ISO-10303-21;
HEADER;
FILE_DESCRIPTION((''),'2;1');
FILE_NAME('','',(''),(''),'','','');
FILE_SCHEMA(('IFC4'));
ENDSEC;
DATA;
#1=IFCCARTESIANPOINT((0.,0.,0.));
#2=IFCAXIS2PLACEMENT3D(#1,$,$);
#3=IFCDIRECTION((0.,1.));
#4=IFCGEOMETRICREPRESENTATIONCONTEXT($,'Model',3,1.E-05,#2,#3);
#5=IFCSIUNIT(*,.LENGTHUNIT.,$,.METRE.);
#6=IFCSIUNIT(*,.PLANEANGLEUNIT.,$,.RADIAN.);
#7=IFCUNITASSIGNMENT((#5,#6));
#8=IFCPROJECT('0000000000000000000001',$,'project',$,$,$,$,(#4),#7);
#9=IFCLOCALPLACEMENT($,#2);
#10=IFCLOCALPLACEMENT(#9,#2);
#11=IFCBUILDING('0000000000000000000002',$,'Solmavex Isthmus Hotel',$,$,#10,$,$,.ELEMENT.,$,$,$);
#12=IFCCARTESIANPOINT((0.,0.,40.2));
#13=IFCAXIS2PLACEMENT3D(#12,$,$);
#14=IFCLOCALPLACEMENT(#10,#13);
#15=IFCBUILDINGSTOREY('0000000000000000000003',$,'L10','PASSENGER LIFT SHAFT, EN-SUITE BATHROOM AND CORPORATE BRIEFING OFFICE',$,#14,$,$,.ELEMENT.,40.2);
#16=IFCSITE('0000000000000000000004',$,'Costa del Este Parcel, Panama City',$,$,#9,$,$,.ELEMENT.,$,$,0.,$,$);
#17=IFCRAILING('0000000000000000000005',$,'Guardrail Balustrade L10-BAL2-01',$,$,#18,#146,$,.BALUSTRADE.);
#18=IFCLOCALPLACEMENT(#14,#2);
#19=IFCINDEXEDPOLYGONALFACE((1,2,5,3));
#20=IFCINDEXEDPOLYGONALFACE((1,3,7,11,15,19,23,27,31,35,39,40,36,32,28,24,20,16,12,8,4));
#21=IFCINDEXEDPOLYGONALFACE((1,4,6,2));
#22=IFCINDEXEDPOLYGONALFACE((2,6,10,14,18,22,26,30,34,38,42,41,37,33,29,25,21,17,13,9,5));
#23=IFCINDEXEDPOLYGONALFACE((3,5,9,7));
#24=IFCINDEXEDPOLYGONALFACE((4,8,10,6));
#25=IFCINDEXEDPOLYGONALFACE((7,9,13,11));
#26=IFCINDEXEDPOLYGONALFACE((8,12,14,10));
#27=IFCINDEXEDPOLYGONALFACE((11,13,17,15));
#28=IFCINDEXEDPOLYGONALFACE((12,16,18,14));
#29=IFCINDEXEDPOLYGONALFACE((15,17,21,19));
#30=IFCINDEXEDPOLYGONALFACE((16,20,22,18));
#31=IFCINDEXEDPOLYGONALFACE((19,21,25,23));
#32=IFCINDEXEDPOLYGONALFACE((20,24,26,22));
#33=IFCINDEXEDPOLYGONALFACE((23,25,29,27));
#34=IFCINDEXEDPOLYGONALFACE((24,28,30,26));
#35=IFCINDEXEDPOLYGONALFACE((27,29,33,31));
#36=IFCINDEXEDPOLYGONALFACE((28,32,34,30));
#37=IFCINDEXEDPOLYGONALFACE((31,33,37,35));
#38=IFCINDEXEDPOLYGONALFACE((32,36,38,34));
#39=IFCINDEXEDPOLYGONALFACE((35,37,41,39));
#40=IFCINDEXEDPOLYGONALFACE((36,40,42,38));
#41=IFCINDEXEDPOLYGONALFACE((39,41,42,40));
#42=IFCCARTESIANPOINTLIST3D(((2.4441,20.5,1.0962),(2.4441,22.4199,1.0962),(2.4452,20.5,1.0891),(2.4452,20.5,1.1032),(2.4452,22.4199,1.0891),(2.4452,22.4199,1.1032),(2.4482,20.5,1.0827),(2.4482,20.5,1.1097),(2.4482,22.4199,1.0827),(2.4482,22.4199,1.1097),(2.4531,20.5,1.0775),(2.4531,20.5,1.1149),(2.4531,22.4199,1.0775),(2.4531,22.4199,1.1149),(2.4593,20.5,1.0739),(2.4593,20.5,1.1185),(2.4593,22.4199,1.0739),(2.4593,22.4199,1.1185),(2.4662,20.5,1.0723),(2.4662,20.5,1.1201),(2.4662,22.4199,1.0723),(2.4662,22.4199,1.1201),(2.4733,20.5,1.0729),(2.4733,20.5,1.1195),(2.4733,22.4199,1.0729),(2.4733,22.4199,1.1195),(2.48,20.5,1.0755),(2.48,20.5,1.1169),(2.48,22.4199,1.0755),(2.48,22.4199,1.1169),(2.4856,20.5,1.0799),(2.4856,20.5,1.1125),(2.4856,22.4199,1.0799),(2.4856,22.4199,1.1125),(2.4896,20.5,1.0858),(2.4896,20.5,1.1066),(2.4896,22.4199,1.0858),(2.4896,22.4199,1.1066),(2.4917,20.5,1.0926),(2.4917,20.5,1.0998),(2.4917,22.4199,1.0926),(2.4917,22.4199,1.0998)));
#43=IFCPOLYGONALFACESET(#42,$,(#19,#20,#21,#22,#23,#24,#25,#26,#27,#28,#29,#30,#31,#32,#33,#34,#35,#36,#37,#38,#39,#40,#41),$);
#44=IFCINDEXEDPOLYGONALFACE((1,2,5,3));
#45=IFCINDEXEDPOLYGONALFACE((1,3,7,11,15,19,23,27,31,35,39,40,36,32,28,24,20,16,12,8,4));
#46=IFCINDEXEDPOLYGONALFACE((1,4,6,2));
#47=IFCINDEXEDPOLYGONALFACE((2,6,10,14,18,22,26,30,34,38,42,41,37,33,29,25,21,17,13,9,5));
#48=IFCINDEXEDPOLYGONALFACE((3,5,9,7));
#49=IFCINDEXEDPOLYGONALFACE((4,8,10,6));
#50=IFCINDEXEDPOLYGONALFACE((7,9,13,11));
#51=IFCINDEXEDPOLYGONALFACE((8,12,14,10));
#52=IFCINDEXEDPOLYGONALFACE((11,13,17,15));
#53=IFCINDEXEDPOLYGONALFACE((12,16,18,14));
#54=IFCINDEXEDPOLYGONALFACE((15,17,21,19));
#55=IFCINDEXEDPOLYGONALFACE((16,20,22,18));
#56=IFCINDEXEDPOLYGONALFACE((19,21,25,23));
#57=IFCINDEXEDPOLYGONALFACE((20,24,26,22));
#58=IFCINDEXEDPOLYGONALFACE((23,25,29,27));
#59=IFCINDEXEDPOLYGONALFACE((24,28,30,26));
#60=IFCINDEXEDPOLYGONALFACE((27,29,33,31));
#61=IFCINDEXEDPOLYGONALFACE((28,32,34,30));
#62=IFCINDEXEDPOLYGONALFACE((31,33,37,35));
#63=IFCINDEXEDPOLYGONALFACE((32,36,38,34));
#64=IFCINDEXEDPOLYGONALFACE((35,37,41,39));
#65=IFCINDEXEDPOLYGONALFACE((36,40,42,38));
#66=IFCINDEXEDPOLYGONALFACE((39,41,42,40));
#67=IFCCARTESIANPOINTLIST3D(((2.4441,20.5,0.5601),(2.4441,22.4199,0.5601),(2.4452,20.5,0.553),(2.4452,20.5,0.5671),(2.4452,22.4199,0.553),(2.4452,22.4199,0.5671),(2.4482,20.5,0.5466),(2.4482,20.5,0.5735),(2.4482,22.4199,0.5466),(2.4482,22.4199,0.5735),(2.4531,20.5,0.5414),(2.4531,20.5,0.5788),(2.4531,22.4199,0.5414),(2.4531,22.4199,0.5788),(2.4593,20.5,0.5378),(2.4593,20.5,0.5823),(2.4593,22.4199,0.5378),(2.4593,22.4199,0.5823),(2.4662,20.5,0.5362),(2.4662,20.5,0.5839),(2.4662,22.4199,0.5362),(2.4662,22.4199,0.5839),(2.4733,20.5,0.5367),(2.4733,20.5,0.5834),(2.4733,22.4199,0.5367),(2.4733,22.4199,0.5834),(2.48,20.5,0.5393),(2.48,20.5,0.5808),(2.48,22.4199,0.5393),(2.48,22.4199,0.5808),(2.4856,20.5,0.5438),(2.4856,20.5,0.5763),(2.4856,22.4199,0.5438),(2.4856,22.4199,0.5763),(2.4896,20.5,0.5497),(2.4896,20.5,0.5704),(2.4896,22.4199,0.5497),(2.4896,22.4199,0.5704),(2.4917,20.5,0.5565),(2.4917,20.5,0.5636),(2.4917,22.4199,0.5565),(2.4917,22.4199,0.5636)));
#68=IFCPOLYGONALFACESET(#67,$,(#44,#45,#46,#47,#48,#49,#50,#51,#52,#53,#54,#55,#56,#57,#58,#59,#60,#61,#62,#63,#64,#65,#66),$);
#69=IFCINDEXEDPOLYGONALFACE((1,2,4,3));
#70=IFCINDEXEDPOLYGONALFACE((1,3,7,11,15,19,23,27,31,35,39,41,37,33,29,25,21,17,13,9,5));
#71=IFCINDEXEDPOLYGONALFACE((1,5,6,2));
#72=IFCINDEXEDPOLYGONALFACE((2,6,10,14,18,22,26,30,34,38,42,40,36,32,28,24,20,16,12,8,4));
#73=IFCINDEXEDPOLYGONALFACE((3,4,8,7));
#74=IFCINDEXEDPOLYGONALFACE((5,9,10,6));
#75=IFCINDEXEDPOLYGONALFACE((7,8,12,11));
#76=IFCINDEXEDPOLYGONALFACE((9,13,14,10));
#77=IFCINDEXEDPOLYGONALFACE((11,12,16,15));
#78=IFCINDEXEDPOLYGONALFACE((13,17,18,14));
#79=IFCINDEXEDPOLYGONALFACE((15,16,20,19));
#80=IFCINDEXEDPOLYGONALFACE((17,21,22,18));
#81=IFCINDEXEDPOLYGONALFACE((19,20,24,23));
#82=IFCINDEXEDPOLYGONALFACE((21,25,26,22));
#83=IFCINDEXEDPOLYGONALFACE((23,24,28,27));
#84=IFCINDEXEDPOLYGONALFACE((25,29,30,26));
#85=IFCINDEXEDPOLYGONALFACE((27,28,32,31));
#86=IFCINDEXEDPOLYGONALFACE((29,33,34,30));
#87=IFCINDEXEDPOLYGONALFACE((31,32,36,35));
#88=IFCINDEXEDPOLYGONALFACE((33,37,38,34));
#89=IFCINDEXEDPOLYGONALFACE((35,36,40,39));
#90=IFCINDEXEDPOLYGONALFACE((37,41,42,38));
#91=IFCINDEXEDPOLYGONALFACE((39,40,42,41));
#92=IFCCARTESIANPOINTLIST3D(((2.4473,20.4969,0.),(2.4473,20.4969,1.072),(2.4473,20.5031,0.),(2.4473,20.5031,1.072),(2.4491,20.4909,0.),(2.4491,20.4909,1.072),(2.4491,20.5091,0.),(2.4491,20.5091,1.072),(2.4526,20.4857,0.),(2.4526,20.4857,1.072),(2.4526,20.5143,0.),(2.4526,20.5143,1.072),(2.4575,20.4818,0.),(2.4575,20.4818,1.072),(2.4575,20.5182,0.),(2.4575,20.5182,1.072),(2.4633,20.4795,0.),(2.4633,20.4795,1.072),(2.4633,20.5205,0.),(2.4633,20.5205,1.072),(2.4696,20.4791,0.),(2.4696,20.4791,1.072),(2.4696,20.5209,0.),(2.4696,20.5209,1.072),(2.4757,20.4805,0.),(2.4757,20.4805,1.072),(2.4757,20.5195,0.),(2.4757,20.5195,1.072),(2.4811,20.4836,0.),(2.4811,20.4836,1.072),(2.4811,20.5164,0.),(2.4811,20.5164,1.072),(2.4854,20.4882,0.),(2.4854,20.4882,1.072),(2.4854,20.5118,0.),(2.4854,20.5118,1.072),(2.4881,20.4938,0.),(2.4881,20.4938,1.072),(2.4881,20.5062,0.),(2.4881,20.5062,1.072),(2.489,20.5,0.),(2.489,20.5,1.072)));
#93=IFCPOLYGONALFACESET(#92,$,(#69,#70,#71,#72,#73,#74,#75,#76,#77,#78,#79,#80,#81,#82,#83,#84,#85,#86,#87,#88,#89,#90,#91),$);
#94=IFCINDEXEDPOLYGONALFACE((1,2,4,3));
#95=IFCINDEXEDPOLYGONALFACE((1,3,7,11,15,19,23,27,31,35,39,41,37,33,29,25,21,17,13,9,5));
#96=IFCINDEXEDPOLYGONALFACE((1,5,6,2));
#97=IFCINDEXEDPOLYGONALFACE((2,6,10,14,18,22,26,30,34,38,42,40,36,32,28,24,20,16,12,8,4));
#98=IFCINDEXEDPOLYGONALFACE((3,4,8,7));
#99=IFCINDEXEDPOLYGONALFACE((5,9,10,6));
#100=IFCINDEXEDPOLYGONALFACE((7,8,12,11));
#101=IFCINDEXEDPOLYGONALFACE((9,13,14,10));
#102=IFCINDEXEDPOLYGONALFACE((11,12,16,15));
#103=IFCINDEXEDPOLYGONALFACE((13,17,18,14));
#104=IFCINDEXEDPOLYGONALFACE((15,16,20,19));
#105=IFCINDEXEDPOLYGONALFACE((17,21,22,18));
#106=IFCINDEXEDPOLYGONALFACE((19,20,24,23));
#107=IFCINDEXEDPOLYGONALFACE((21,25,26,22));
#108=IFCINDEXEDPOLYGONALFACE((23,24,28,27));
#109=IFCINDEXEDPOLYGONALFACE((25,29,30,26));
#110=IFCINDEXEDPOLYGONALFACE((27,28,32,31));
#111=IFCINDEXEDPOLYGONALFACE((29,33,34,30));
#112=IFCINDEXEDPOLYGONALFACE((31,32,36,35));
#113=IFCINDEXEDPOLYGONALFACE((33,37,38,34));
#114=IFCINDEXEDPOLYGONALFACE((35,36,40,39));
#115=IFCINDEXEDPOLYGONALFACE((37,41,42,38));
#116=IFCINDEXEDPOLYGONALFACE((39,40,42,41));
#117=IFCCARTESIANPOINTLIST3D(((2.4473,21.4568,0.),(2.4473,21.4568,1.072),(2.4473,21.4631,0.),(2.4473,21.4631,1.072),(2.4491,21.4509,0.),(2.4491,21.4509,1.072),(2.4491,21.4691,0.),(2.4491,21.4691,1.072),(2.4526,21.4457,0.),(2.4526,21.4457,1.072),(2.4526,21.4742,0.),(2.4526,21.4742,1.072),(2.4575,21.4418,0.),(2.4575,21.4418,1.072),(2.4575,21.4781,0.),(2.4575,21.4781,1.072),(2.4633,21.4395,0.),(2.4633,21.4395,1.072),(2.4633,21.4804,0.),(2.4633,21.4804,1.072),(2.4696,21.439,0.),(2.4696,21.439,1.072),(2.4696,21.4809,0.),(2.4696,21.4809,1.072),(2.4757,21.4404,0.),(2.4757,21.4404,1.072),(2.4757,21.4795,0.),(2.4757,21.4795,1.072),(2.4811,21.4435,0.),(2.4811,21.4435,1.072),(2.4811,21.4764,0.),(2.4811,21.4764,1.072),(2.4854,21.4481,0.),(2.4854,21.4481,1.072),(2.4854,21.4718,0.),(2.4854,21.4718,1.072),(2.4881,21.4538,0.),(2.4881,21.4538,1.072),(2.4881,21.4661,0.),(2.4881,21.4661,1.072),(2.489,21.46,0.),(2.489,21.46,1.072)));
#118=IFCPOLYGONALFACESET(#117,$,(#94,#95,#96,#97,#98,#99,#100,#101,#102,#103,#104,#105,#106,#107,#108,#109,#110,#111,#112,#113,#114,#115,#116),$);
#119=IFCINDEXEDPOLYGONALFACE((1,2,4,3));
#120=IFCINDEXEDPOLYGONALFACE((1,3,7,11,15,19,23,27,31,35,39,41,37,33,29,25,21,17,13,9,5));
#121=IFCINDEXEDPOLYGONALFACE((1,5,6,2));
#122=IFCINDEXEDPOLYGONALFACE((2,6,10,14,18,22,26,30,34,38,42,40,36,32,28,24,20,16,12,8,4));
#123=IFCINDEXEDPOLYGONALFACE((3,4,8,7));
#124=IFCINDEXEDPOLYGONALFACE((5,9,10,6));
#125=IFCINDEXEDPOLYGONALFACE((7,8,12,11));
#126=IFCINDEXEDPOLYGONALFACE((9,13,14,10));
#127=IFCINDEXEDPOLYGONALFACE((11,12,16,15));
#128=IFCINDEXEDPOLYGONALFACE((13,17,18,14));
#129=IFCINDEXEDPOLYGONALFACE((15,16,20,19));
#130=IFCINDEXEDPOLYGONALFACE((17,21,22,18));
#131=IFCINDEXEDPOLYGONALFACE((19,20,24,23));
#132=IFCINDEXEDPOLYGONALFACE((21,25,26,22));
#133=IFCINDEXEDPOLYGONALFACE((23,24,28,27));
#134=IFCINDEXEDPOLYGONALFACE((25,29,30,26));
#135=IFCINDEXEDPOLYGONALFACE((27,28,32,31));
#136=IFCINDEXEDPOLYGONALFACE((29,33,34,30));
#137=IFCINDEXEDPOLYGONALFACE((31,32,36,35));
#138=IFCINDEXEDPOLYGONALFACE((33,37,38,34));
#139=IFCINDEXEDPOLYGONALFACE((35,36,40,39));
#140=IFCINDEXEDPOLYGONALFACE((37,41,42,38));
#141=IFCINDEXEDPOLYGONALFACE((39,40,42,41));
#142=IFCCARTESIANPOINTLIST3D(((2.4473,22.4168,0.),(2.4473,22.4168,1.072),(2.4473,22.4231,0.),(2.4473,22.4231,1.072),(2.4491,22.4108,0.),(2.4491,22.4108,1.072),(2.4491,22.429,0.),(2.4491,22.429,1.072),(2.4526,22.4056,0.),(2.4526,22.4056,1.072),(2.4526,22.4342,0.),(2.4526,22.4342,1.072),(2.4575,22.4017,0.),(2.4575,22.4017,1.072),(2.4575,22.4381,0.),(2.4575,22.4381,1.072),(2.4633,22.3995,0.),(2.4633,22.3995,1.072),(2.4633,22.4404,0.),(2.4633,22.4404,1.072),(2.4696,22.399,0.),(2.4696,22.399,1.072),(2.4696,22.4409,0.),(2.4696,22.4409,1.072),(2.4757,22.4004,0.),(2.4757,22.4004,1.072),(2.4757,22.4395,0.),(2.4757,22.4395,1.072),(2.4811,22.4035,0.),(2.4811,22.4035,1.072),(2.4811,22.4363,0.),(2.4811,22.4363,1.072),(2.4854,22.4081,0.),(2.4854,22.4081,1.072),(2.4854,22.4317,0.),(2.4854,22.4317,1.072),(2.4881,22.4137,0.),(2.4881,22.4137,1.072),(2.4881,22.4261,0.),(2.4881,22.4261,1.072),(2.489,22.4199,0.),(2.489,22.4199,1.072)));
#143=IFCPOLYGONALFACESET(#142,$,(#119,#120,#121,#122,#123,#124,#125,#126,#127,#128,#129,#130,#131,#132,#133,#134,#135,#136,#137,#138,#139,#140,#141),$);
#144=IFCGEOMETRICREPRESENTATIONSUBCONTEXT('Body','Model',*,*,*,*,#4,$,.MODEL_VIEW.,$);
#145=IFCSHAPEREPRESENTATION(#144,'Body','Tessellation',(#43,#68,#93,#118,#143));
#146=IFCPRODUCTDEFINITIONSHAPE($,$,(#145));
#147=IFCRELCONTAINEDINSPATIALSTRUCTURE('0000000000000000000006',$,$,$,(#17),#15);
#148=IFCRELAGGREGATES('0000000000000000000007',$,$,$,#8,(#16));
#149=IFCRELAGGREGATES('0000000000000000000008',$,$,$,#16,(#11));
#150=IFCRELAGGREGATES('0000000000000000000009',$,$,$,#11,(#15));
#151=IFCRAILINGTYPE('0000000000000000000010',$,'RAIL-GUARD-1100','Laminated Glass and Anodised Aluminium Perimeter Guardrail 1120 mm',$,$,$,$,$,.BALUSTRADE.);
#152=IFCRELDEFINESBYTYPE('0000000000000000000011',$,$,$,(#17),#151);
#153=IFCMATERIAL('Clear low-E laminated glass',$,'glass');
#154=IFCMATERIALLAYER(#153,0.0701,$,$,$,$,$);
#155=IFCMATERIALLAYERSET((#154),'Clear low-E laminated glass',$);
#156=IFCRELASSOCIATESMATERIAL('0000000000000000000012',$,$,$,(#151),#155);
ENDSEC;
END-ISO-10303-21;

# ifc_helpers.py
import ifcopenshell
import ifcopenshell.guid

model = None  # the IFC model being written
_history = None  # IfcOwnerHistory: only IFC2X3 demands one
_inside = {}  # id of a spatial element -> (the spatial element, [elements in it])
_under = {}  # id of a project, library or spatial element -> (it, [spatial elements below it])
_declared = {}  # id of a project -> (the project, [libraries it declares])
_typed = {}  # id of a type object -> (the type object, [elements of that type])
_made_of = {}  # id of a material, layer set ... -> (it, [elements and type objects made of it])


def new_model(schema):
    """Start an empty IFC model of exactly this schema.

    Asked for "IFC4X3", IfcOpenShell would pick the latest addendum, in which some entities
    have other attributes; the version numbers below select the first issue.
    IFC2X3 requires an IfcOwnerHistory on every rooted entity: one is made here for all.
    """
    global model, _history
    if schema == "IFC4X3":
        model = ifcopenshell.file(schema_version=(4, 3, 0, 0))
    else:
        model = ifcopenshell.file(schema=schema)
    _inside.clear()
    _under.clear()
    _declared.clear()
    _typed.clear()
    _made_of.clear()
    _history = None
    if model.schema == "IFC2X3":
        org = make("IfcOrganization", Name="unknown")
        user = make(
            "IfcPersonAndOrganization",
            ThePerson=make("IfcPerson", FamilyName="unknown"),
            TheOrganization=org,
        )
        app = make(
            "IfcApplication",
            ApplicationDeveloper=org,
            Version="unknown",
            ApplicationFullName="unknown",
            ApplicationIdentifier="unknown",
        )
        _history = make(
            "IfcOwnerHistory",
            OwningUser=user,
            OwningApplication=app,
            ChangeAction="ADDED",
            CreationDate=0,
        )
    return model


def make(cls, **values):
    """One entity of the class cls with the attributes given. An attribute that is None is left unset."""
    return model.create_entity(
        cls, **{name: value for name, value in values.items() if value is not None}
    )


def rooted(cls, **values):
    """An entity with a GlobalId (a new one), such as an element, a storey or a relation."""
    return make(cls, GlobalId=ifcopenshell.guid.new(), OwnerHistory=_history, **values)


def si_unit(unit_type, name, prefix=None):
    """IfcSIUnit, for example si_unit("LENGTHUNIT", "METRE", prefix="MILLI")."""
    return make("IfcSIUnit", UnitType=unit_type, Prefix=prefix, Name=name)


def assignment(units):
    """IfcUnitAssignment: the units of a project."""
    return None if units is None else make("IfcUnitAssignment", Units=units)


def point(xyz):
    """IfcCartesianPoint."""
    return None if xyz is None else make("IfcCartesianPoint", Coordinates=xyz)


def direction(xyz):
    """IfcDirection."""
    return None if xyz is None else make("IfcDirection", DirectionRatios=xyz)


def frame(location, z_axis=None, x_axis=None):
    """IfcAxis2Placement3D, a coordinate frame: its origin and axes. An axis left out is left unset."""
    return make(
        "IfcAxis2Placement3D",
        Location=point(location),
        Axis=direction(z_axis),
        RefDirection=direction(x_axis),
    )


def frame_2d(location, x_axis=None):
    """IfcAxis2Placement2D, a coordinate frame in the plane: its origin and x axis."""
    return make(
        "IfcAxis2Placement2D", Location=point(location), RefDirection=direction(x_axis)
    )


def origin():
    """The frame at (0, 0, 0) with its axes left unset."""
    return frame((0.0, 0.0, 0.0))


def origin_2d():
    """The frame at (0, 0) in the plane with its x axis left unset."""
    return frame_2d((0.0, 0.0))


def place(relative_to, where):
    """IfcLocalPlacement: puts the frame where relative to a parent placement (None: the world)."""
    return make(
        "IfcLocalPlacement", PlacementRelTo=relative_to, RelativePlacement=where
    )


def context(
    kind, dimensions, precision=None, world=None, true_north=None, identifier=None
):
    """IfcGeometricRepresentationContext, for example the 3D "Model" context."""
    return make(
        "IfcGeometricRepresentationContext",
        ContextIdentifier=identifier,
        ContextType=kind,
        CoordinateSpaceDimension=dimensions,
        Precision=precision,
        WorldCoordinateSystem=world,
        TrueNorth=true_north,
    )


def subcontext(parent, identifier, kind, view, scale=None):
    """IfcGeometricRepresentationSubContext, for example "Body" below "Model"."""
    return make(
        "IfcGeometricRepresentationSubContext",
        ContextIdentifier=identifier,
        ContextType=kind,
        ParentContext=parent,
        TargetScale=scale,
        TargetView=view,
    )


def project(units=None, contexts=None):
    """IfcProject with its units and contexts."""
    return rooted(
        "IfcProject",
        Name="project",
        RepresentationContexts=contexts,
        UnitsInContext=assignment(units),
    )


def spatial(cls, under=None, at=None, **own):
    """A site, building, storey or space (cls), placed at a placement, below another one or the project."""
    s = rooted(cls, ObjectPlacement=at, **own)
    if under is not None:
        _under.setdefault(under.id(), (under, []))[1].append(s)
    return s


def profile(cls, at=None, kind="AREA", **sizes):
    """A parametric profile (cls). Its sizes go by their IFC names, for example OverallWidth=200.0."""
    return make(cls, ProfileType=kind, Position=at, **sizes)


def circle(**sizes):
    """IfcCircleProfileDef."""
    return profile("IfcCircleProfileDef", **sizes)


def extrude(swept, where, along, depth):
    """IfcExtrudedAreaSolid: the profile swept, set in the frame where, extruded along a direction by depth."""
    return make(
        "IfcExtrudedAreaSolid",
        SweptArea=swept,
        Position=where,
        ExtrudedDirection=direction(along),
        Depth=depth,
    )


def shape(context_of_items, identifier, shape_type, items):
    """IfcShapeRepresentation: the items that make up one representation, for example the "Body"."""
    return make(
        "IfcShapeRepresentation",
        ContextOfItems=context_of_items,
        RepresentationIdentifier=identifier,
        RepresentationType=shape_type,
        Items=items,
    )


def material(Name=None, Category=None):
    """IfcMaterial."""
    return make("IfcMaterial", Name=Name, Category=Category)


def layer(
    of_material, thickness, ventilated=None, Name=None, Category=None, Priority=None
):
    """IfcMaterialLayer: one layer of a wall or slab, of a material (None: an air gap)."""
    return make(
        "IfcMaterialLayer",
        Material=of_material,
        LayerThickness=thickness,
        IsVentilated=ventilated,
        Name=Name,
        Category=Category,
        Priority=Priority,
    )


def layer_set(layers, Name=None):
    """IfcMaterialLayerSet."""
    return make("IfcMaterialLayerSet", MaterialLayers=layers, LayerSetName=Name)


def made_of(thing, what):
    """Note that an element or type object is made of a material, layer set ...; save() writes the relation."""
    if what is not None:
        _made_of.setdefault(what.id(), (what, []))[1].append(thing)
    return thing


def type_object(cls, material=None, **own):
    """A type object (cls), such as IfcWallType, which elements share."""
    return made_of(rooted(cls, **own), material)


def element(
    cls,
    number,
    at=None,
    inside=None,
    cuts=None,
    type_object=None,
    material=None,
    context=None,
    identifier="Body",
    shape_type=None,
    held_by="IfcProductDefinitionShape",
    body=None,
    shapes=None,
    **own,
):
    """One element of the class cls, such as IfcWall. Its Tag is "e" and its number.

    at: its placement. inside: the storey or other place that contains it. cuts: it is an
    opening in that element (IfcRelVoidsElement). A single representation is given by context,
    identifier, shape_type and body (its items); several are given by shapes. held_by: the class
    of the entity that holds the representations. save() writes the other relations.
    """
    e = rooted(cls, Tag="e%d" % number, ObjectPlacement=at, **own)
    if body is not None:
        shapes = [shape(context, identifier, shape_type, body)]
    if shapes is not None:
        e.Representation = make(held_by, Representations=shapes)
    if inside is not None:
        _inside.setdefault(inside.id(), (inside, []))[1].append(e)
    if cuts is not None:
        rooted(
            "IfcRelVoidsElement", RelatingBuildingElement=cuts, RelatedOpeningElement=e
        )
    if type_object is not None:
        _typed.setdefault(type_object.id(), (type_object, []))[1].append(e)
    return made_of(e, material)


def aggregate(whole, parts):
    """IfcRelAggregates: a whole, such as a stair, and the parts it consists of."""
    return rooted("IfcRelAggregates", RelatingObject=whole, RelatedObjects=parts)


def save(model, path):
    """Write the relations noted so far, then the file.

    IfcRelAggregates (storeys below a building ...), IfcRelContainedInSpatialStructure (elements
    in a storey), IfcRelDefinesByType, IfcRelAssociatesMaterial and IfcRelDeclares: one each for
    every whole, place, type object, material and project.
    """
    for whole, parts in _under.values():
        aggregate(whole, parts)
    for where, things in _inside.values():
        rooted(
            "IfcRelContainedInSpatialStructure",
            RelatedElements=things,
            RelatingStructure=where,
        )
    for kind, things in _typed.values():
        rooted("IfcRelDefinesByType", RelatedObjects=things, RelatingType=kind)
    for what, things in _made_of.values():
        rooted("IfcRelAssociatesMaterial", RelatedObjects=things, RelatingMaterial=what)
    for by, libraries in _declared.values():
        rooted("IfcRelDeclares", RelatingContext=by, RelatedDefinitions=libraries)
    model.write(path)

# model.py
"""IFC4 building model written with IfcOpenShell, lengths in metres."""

from ifc_helpers import new_model, si_unit, direction, frame, origin, origin_2d, place, context, subcontext, project, spatial, circle, extrude, material, layer, layer_set, type_object, element, save


model = new_model("IFC4")

# Units and contexts
model_context = context("Model", 3, precision=1e-05, world=origin(), true_north=direction((0.0, 1.0)))
body_context = subcontext(model_context, "Body", "Model", "MODEL_VIEW")
ifc_project = project(units=[si_unit("LENGTHUNIT", "METRE"), si_unit("PLANEANGLEUNIT", "RADIAN")], contexts=[model_context])

# Site, building, storey
site_placement = place(None, origin())
site = spatial("IfcSite", under=ifc_project, at=site_placement, Name="Costa del Este Parcel, Panama City", CompositionType="ELEMENT", RefElevation=0.0)
building_placement = place(site_placement, origin())
building = spatial("IfcBuilding", under=site, at=building_placement, Name="Solmavex Isthmus Hotel", CompositionType="ELEMENT")
storey_placement = place(building_placement, frame((0.0, 0.0, 40.2)))
storey = spatial("IfcBuildingStorey", under=building, at=storey_placement, Name="L10", Description="PASSENGER LIFT SHAFT, EN-SUITE BATHROOM AND CORPORATE BRIEFING OFFICE", CompositionType="ELEMENT", Elevation=40.2)

# Shared definitions
ifc_material_1 = material(Name="Clear low-E laminated glass", Category="glass")

# Railing
ifc_layer_1 = layer(ifc_material_1, 0.0701)
ifc_layer_set_1 = layer_set([ifc_layer_1], Name="Clear low-E laminated glass")
railing_type = type_object("IfcRailingType", Name="RAIL-GUARD-1100", Description="Laminated Glass and Anodised Aluminium Perimeter Guardrail 1120 mm", PredefinedType="BALUSTRADE", material=ifc_layer_set_1)
railing_1_placement = place(storey_placement, frame((2.468, 20.5, 0.0)))
element("IfcRailing", 1, at=railing_1_placement, inside=storey, type_object=railing_type, Name="Guardrail Balustrade L10-BAL2-01", PredefinedType="BALUSTRADE", context=body_context, shape_type="SweptSolid", body=[
    extrude(circle(Radius=0.0239, at=origin_2d()), frame((0.0, 0.0, 1.0962), z_axis=(0.0, 1.0, 0.0), x_axis=(-1.0, 0.0, 0.0)), (0.0, 0.0, 1.0), 1.9199),
    extrude(circle(Radius=0.0239, at=origin_2d()), frame((0.0, 0.0, 0.5601), z_axis=(0.0, 1.0, 0.0), x_axis=(-1.0, 0.0, 0.0)), (0.0, 0.0, 1.0), 1.9199),
    extrude(circle(Radius=0.021, at=origin_2d()), origin(), (0.0, 0.0, 1.0), 1.072),
    extrude(circle(Radius=0.021, at=origin_2d()), frame((0.0, 0.96, 0.0)), (0.0, 0.0, 1.0), 1.072),
    extrude(circle(Radius=0.021, at=origin_2d()), frame((0.0, 1.9199, 0.0)), (0.0, 0.0, 1.0), 1.072),
])

save(model, "model.ifc")
